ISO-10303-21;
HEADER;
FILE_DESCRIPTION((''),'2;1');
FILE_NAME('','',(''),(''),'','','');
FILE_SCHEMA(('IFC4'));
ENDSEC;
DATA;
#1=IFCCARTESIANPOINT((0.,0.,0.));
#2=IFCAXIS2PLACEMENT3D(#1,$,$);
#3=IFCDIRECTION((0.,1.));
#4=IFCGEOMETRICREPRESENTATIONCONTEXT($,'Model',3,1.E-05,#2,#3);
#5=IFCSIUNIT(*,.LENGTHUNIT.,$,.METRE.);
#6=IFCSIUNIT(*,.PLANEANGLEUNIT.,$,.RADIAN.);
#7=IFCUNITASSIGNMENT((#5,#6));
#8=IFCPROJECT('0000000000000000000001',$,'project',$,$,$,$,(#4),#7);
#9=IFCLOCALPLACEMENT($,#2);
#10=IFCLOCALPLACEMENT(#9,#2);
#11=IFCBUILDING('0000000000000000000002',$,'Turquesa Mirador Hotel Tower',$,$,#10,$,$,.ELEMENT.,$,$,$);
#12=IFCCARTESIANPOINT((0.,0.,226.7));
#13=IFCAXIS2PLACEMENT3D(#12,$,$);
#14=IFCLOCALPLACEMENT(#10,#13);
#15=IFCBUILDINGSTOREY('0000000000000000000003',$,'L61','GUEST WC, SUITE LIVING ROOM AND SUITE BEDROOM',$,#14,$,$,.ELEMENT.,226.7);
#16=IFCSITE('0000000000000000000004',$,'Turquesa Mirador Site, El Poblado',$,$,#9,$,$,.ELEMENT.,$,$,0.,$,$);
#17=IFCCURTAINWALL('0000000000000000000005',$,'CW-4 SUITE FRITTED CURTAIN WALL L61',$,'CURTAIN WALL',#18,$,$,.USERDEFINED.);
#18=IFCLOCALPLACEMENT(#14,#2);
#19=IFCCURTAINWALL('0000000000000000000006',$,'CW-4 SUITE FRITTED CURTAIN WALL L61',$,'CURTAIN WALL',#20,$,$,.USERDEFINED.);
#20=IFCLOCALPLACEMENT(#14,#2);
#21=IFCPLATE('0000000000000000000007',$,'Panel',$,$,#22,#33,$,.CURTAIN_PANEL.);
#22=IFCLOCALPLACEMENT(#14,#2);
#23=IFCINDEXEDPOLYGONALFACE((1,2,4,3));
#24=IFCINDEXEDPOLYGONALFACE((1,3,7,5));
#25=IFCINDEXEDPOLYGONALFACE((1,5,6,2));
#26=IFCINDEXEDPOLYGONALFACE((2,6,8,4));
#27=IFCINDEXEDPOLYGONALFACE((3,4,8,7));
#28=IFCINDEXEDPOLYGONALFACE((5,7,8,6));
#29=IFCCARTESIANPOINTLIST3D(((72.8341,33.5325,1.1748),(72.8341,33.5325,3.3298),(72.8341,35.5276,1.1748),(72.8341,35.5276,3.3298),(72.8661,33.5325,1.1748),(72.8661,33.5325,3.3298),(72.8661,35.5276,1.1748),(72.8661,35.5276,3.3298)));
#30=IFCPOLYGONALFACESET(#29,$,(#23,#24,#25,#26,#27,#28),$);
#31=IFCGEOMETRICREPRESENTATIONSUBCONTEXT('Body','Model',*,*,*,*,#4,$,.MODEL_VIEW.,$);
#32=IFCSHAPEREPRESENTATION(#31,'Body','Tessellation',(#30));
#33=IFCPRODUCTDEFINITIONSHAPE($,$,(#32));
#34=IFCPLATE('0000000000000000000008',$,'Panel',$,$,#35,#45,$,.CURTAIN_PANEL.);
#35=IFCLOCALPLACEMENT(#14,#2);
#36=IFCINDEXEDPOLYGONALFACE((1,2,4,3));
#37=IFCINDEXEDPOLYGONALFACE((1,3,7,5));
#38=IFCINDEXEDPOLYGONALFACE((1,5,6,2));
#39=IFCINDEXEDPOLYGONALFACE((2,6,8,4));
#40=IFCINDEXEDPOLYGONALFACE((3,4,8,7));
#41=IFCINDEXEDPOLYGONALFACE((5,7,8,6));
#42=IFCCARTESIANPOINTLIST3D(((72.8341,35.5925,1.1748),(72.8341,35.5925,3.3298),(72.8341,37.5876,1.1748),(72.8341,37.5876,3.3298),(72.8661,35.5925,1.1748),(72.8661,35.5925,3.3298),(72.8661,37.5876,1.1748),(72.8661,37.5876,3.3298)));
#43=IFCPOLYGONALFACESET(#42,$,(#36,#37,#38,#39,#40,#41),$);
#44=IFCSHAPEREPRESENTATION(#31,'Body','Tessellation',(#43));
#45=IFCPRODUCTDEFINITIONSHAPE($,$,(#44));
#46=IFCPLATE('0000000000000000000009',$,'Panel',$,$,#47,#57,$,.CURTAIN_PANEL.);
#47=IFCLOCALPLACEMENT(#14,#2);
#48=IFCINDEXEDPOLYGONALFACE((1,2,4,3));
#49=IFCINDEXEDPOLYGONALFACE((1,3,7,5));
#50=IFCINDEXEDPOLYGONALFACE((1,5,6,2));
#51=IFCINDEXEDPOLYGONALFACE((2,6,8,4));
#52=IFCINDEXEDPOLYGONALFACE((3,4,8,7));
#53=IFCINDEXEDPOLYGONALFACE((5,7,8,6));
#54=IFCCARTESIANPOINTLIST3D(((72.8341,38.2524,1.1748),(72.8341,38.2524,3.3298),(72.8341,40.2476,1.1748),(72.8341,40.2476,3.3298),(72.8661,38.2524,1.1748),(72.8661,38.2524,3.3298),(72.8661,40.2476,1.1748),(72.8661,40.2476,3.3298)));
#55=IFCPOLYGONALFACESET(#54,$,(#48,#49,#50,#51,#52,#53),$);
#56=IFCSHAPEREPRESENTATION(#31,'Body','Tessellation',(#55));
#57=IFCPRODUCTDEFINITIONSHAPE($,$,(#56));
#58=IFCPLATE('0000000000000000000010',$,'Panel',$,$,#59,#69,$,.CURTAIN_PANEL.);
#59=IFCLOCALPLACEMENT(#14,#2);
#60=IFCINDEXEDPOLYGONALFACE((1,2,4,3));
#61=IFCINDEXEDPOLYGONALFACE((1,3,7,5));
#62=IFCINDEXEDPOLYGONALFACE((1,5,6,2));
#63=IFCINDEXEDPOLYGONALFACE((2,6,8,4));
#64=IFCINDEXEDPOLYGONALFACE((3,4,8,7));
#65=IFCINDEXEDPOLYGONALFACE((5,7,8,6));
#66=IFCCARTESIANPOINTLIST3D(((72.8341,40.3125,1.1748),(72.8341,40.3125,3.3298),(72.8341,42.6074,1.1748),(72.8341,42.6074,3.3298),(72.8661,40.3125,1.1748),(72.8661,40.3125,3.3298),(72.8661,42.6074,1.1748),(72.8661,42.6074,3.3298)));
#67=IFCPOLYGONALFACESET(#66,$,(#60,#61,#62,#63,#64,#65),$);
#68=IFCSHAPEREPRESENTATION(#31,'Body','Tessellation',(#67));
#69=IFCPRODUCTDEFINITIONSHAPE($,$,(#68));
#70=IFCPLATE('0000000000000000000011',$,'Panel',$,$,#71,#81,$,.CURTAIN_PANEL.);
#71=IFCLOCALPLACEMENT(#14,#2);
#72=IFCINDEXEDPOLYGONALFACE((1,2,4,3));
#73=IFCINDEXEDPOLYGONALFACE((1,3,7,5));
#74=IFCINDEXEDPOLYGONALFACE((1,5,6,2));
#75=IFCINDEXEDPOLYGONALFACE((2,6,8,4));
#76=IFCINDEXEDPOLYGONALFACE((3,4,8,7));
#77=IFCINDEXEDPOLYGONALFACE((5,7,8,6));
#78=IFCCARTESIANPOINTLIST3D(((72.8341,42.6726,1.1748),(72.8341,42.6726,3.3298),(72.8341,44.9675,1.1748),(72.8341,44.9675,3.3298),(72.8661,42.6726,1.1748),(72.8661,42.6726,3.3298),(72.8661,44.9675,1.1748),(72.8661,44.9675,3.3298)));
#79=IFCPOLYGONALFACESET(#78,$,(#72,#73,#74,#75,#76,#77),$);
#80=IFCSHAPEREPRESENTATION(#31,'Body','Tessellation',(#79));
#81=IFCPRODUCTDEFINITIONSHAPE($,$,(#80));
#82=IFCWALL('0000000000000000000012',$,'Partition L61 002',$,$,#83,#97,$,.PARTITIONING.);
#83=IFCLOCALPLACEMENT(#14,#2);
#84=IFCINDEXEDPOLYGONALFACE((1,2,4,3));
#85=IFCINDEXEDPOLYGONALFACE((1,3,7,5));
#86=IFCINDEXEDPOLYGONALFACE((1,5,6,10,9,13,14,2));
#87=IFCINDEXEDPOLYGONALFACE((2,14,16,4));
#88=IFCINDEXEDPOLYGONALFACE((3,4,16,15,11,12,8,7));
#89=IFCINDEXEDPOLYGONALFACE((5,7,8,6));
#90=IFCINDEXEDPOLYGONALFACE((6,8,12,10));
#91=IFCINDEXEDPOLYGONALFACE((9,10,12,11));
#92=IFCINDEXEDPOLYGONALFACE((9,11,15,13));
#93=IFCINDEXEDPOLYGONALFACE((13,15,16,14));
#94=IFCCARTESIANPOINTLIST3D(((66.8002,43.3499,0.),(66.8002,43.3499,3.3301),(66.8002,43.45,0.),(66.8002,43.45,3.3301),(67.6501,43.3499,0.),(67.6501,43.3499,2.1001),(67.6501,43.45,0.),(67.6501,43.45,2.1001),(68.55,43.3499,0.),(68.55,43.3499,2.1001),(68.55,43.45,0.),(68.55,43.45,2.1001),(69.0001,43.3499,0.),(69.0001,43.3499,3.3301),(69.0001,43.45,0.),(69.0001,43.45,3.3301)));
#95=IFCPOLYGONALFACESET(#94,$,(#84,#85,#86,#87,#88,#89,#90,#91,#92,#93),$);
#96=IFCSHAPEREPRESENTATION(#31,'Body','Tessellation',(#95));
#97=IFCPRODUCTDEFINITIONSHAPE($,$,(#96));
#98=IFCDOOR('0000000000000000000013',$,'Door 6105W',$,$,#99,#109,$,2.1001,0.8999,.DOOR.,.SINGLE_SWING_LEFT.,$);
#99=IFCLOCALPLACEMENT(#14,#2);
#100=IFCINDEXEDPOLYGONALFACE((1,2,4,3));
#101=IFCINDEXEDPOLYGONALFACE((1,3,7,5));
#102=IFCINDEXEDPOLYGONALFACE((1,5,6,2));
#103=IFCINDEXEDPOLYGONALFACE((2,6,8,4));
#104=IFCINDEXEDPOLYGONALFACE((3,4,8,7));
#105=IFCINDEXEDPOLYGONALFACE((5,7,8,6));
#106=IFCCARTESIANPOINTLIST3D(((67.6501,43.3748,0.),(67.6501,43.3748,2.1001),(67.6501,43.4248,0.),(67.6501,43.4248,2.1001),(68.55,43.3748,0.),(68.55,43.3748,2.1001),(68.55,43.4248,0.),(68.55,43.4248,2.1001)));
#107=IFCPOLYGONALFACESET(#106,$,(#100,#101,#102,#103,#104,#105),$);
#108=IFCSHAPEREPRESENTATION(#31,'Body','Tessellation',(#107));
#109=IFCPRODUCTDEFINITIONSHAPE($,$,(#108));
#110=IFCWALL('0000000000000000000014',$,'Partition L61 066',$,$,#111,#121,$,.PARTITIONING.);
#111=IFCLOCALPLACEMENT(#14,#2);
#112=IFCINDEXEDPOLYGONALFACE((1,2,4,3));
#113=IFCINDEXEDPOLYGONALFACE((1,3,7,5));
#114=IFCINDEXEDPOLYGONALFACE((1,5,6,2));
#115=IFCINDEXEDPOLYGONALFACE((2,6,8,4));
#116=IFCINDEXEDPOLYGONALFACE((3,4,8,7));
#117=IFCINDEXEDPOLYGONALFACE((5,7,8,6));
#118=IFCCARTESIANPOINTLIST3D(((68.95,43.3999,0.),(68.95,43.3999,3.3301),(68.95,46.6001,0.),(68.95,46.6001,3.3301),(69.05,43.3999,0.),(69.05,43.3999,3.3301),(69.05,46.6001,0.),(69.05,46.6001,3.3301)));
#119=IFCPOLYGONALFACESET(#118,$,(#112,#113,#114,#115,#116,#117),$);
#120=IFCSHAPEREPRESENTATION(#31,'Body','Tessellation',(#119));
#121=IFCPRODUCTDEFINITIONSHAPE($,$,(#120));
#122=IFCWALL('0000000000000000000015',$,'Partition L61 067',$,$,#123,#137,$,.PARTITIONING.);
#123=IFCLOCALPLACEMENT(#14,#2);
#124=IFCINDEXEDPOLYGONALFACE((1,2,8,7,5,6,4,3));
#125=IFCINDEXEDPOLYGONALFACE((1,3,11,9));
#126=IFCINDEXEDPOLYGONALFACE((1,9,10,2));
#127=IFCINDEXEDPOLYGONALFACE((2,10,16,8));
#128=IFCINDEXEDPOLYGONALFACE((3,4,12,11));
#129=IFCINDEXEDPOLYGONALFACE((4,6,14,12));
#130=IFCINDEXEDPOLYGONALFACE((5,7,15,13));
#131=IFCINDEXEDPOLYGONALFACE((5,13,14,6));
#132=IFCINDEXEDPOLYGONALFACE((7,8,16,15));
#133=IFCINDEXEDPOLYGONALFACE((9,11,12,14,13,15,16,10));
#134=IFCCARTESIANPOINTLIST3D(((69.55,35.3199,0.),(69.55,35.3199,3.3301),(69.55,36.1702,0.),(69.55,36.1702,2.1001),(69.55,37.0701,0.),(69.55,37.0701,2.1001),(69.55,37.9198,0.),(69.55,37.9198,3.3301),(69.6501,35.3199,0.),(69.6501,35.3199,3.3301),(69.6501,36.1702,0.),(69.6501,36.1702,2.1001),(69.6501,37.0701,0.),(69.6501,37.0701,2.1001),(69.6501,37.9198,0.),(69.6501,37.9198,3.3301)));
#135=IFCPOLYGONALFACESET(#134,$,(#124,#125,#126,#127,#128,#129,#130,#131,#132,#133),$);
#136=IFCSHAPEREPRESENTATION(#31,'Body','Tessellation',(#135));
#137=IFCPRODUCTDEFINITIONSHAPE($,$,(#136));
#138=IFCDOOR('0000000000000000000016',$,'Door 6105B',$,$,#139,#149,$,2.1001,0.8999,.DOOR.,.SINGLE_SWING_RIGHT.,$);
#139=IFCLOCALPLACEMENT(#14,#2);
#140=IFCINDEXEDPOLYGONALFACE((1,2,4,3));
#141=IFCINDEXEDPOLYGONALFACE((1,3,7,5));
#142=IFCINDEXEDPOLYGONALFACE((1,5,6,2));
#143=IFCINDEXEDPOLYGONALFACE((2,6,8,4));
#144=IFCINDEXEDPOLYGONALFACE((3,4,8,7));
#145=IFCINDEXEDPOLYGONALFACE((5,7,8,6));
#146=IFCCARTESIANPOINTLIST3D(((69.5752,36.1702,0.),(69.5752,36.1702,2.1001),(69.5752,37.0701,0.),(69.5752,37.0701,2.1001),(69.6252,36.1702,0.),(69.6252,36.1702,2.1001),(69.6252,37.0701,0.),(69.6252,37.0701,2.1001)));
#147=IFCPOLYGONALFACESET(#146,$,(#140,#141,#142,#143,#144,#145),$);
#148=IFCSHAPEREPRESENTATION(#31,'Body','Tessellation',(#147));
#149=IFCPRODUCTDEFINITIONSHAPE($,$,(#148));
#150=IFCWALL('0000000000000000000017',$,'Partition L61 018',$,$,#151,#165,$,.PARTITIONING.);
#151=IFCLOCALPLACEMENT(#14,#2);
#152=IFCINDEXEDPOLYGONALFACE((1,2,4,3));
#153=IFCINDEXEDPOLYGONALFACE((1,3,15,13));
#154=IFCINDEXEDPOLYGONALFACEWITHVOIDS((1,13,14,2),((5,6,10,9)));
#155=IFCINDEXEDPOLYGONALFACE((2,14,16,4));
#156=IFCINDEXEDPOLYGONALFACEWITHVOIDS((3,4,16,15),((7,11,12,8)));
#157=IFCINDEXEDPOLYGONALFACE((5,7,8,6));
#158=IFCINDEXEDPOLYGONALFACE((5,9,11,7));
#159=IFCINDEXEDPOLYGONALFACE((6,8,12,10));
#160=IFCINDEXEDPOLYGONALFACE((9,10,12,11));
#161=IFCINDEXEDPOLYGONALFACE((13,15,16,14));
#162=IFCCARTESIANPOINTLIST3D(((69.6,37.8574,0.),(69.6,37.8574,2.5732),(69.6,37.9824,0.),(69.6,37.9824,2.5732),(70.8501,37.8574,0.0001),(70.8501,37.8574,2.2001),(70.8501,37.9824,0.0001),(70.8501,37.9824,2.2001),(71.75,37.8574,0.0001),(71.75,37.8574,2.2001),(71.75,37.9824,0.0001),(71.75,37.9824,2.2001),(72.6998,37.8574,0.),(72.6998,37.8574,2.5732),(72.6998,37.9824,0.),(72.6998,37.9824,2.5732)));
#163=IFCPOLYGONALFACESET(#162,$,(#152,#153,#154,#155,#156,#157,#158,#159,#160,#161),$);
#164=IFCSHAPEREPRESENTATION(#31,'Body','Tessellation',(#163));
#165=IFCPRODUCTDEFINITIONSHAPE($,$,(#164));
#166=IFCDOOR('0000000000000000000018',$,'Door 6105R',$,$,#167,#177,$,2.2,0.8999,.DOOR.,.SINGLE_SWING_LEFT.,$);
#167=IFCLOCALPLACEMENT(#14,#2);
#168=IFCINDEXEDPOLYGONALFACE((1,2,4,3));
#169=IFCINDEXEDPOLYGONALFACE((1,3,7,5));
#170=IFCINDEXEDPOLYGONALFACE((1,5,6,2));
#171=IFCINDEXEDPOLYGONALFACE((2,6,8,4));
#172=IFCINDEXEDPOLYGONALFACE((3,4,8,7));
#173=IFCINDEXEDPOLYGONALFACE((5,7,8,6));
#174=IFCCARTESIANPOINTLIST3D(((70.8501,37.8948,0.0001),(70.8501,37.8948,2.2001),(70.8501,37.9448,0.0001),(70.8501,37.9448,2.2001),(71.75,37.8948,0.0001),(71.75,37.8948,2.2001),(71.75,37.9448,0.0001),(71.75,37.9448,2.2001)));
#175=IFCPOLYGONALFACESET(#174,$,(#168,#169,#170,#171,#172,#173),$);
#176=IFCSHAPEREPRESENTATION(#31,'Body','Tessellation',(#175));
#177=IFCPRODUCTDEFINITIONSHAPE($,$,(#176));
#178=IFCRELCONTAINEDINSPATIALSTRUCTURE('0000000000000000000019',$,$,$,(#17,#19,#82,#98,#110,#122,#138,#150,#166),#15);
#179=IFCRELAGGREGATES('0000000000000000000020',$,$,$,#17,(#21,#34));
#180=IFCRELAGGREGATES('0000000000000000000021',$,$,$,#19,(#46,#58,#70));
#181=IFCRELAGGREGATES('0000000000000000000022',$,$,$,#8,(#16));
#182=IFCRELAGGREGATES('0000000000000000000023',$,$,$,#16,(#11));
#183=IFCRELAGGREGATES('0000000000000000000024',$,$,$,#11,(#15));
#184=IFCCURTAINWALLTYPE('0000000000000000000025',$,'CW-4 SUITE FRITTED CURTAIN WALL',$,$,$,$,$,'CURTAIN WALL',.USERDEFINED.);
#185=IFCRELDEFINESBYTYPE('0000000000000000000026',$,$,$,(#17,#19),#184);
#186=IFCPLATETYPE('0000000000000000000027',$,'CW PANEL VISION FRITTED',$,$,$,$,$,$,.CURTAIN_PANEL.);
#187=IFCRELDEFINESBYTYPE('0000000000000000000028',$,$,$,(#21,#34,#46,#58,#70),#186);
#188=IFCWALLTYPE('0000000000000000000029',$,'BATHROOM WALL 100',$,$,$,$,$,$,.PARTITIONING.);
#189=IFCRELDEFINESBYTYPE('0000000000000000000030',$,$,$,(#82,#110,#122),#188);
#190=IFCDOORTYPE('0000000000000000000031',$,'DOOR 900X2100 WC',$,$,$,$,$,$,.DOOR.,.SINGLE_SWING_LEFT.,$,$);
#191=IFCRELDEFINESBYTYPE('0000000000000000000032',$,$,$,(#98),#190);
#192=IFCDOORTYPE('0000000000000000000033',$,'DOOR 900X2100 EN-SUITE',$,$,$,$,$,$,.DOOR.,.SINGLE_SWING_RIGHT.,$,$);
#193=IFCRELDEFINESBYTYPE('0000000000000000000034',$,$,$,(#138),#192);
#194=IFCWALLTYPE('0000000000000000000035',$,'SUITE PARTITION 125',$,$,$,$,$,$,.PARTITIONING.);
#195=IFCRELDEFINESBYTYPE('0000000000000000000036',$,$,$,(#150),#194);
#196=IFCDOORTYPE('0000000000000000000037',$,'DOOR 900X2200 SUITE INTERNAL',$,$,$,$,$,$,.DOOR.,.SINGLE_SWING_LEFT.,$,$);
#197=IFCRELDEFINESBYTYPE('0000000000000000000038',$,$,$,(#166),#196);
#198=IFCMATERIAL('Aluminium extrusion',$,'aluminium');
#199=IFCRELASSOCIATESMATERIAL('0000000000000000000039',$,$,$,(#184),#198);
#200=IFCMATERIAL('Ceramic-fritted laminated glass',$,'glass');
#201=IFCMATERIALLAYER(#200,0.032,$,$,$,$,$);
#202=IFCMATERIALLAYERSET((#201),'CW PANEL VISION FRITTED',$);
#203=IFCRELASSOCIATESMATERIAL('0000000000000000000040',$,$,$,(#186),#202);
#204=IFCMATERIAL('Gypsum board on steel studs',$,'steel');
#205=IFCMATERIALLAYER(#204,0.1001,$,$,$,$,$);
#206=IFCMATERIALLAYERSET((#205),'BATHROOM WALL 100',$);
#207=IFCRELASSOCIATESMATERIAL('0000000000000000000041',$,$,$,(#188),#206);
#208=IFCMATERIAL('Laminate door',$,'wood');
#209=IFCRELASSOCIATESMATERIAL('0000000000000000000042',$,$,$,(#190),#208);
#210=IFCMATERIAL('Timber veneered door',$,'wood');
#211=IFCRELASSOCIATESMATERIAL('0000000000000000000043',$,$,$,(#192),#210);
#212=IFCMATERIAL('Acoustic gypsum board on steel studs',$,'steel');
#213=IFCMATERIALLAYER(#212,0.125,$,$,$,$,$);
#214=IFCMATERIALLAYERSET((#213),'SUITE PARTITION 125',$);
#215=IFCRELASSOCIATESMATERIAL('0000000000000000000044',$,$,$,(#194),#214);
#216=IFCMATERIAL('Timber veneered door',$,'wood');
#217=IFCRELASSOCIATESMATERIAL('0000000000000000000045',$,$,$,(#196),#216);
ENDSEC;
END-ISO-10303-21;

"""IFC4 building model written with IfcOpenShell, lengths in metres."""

from ifc_helpers import new_model, si_unit, direction, frame, frame_2d, origin, origin_2d, place, context, subcontext, project, spatial, rectangle, extrude, material, layer, layer_set, type_object, element, fill, aggregate, save


model = new_model("IFC4")

# Units and contexts
model_context = context("Model", 3, precision=1e-05, world=origin(), true_north=direction((0.0, 1.0)))
body_context = subcontext(model_context, "Body", "Model", "MODEL_VIEW")
ifc_project = project(units=[si_unit("LENGTHUNIT", "METRE"), si_unit("PLANEANGLEUNIT", "RADIAN")], contexts=[model_context])

# Site, building, storey
site_placement = place(None, origin())
site = spatial("IfcSite", under=ifc_project, at=site_placement, Name="Turquesa Mirador Site, El Poblado", CompositionType="ELEMENT", RefElevation=0.0)
building_placement = place(site_placement, origin())
building = spatial("IfcBuilding", under=site, at=building_placement, Name="Turquesa Mirador Hotel Tower", CompositionType="ELEMENT")
storey_placement = place(building_placement, frame((0.0, 0.0, 226.7)))
storey = spatial("IfcBuildingStorey", under=building, at=storey_placement, Name="L61", Description="GUEST WC, SUITE LIVING ROOM AND SUITE BEDROOM", CompositionType="ELEMENT", Elevation=226.7)

# Curtain walls
ifc_material_1 = material(Name="Aluminium extrusion", Category="aluminium")
curtain_wall_type = type_object("IfcCurtainWallType", Name="CW-4 SUITE FRITTED CURTAIN WALL", ElementType="CURTAIN WALL", PredefinedType="USERDEFINED", material=ifc_material_1)
curtain_wall_1_placement = place(storey_placement, origin())
curtain_wall_1 = element("IfcCurtainWall", 1, at=curtain_wall_1_placement, inside=storey, type_object=curtain_wall_type, Name="CW-4 SUITE FRITTED CURTAIN WALL L61", ObjectType="CURTAIN WALL", PredefinedType="USERDEFINED")
curtain_wall_2_placement = place(storey_placement, origin())
curtain_wall_2 = element("IfcCurtainWall", 2, at=curtain_wall_2_placement, inside=storey, type_object=curtain_wall_type, Name="CW-4 SUITE FRITTED CURTAIN WALL L61", ObjectType="CURTAIN WALL", PredefinedType="USERDEFINED")

# Plates
ifc_material_2 = material(Name="Ceramic-fritted laminated glass", Category="glass")
ifc_layer_1 = layer(ifc_material_2, 0.032)
ifc_layer_set_1 = layer_set([ifc_layer_1], Name="CW PANEL VISION FRITTED")
plate_type_1 = type_object("IfcPlateType", Name="CW PANEL VISION FRITTED", PredefinedType="CURTAIN_PANEL", material=ifc_layer_set_1)
plate_1_placement = place(storey_placement, frame((72.8501, 34.53, 1.1748), z_axis=(0.0, 0.0, 1.0), x_axis=(0.0, 1.0, 0.0)))
plate_1 = element("IfcPlate", 3, at=plate_1_placement, type_object=plate_type_1, Name="Panel", PredefinedType="CURTAIN_PANEL", context=body_context, shape_type="SweptSolid", body=[
    extrude(rectangle(XDim=1.9951, YDim=0.032, at=origin_2d()), origin(), (0.0, 0.0, 1.0), 2.155),
])
plate_2_placement = place(storey_placement, frame((72.8501, 36.5901, 1.1748), z_axis=(0.0, 0.0, 1.0), x_axis=(0.0, 1.0, 0.0)))
plate_2 = element("IfcPlate", 4, at=plate_2_placement, type_object=plate_type_1, Name="Panel", PredefinedType="CURTAIN_PANEL", context=body_context, shape_type="SweptSolid", body=[
    extrude(rectangle(XDim=1.9951, YDim=0.032, at=origin_2d()), origin(), (0.0, 0.0, 1.0), 2.155),
])
aggregate(curtain_wall_1, [plate_1, plate_2])
plate_3_placement = place(storey_placement, frame((72.8501, 39.25, 1.1748), z_axis=(0.0, 0.0, 1.0), x_axis=(0.0, 1.0, 0.0)))
plate_3 = element("IfcPlate", 5, at=plate_3_placement, type_object=plate_type_1, Name="Panel", PredefinedType="CURTAIN_PANEL", context=body_context, shape_type="SweptSolid", body=[
    extrude(rectangle(XDim=1.9951, YDim=0.032, at=origin_2d()), origin(), (0.0, 0.0, 1.0), 2.155),
])
plate_4_placement = place(storey_placement, frame((72.8501, 41.46, 1.1748), z_axis=(0.0, 0.0, 1.0), x_axis=(0.0, 1.0, 0.0)))
plate_4 = element("IfcPlate", 6, at=plate_4_placement, type_object=plate_type_1, Name="Panel", PredefinedType="CURTAIN_PANEL", context=body_context, shape_type="SweptSolid", body=[
    extrude(rectangle(XDim=2.2949, YDim=0.032, at=origin_2d()), origin(), (0.0, 0.0, 1.0), 2.155),
])
plate_5_placement = place(storey_placement, frame((72.8501, 43.8201, 1.1748), z_axis=(0.0, 0.0, 1.0), x_axis=(0.0, 1.0, 0.0)))
plate_5 = element("IfcPlate", 7, at=plate_5_placement, type_object=plate_type_1, Name="Panel", PredefinedType="CURTAIN_PANEL", context=body_context, shape_type="SweptSolid", body=[
    extrude(rectangle(XDim=2.2949, YDim=0.032, at=origin_2d()), origin(), (0.0, 0.0, 1.0), 2.155),
])
aggregate(curtain_wall_2, [plate_3, plate_4, plate_5])

# Wall, opening, door
ifc_material_3 = material(Name="Gypsum board on steel studs", Category="steel")
ifc_layer_2 = layer(ifc_material_3, 0.1001)
ifc_layer_set_2 = layer_set([ifc_layer_2], Name="BATHROOM WALL 100")
wall_type_1 = type_object("IfcWallType", Name="BATHROOM WALL 100", PredefinedType="PARTITIONING", material=ifc_layer_set_2)
wall_1_placement = place(storey_placement, frame((66.8, 43.3999, 0.0), z_axis=(0.0, 0.0, 1.0), x_axis=(1.0, 0.0, 0.0)))
wall_1 = element("IfcWall", 8, at=wall_1_placement, inside=storey, type_object=wall_type_1, Name="Partition L61 002", PredefinedType="PARTITIONING", context=body_context, shape_type="SweptSolid", body=[
    extrude(rectangle(XDim=2.2, YDim=0.1001, at=frame_2d((1.1001, 0.0))), origin(), (0.0, 0.0, 1.0), 3.3301),
])
opening_1_placement = place(wall_1_placement, frame((0.8501, 0.0, 0.0)))
opening_1 = element("IfcOpeningElement", 9, at=opening_1_placement, cuts=wall_1, PredefinedType="OPENING", context=body_context, shape_type="SweptSolid", body=[
    extrude(rectangle(XDim=0.8999, YDim=2.1001, at=frame_2d((0.45, 1.05))), frame((0.0, 0.0601, 0.0), z_axis=(0.0, -1.0, 0.0), x_axis=(1.0, 0.0, 0.0)), (0.0, 0.0, 1.0), 0.1201),
])
ifc_material_4 = material(Name="Laminate door", Category="wood")
door_type_1 = type_object("IfcDoorType", Name="DOOR 900X2100 WC", OperationType="SINGLE_SWING_LEFT", PredefinedType="DOOR", material=ifc_material_4)
door_1_placement = place(opening_1_placement, origin())
door_1 = element("IfcDoor", 10, at=door_1_placement, inside=storey, type_object=door_type_1, Name="Door 6105W", OperationType="SINGLE_SWING_LEFT", OverallHeight=2.1001, OverallWidth=0.8999, PredefinedType="DOOR", context=body_context, shape_type="SweptSolid", body=[
    extrude(rectangle(XDim=0.8999, YDim=2.1001, at=frame_2d((0.45, 1.05))), frame((0.0, 0.0249, 0.0), z_axis=(0.0, -1.0, 0.0), x_axis=(1.0, 0.0, 0.0)), (0.0, 0.0, 1.0), 0.05),
])
fill(opening_1, door_1)

# Wall
wall_2_placement = place(storey_placement, frame((69.0, 43.3999, 0.0), z_axis=(0.0, 0.0, 1.0), x_axis=(0.0, 1.0, 0.0)))
element("IfcWall", 11, at=wall_2_placement, inside=storey, type_object=wall_type_1, Name="Partition L61 066", PredefinedType="PARTITIONING", context=body_context, shape_type="SweptSolid", body=[
    extrude(rectangle(XDim=3.2002, YDim=0.1001, at=frame_2d((1.6001, 0.0))), origin(), (0.0, 0.0, 1.0), 3.3301),
])

# Walls, openings, doors
wall_3_placement = place(storey_placement, frame((69.6001, 35.3201, 0.0), z_axis=(0.0, 0.0, 1.0), x_axis=(0.0, 1.0, 0.0)))
wall_3 = element("IfcWall", 12, at=wall_3_placement, inside=storey, type_object=wall_type_1, Name="Partition L61 067", PredefinedType="PARTITIONING", context=body_context, shape_type="SweptSolid", body=[
    extrude(rectangle(XDim=2.5999, YDim=0.1001, at=frame_2d((1.2998, 0.0))), origin(), (0.0, 0.0, 1.0), 3.3301),
])
opening_2_placement = place(wall_3_placement, frame((0.8501, 0.0, 0.0)))
opening_2 = element("IfcOpeningElement", 13, at=opening_2_placement, cuts=wall_3, PredefinedType="OPENING", context=body_context, shape_type="SweptSolid", body=[
    extrude(rectangle(XDim=0.8999, YDim=2.1001, at=frame_2d((0.45, 1.05))), frame((0.0, 0.0601, 0.0), z_axis=(0.0, -1.0, 0.0), x_axis=(1.0, 0.0, 0.0)), (0.0, 0.0, 1.0), 0.1201),
])
ifc_material_5 = material(Name="Timber veneered door", Category="wood")
door_type_2 = type_object("IfcDoorType", Name="DOOR 900X2100 EN-SUITE", OperationType="SINGLE_SWING_RIGHT", PredefinedType="DOOR", material=ifc_material_5)
door_2_placement = place(opening_2_placement, origin())
door_2 = element("IfcDoor", 14, at=door_2_placement, inside=storey, type_object=door_type_2, Name="Door 6105B", OperationType="SINGLE_SWING_RIGHT", OverallHeight=2.1001, OverallWidth=0.8999, PredefinedType="DOOR", context=body_context, shape_type="SweptSolid", body=[
    extrude(rectangle(XDim=0.8999, YDim=2.1001, at=frame_2d((0.45, 1.05))), frame((0.0, 0.0249, 0.0), z_axis=(0.0, -1.0, 0.0), x_axis=(1.0, 0.0, 0.0)), (0.0, 0.0, 1.0), 0.05),
])
fill(opening_2, door_2)
ifc_material_6 = material(Name="Acoustic gypsum board on steel studs", Category="steel")
ifc_layer_3 = layer(ifc_material_6, 0.125)
ifc_layer_set_3 = layer_set([ifc_layer_3], Name="SUITE PARTITION 125")
wall_type_2 = type_object("IfcWallType", Name="SUITE PARTITION 125", PredefinedType="PARTITIONING", material=ifc_layer_set_3)
wall_4_placement = place(storey_placement, frame((69.6001, 37.9199, 0.0), z_axis=(0.0, 0.0, 1.0), x_axis=(1.0, 0.0, 0.0)))
wall_4 = element("IfcWall", 15, at=wall_4_placement, inside=storey, type_object=wall_type_2, Name="Partition L61 018", PredefinedType="PARTITIONING", context=body_context, shape_type="SweptSolid", body=[
    extrude(rectangle(XDim=3.0999, YDim=0.125, at=frame_2d((1.5498, 0.0))), origin(), (0.0, 0.0, 1.0), 2.5732),
])
opening_3_placement = place(wall_4_placement, frame((1.25, 0.0, 0.0)))
opening_3 = element("IfcOpeningElement", 16, at=opening_3_placement, cuts=wall_4, PredefinedType="OPENING", context=body_context, shape_type="SweptSolid", body=[
    extrude(rectangle(XDim=0.8999, YDim=2.2, at=frame_2d((0.45, 1.1001))), frame((0.0, 0.0725, 0.0), z_axis=(0.0, -1.0, 0.0), x_axis=(1.0, 0.0, 0.0)), (0.0, 0.0, 1.0), 0.145),
])
ifc_material_7 = material(Name="Timber veneered door", Category="wood")
door_type_3 = type_object("IfcDoorType", Name="DOOR 900X2200 SUITE INTERNAL", OperationType="SINGLE_SWING_LEFT", PredefinedType="DOOR", material=ifc_material_7)
door_3_placement = place(opening_3_placement, origin())
door_3 = element("IfcDoor", 17, at=door_3_placement, inside=storey, type_object=door_type_3, Name="Door 6105R", OperationType="SINGLE_SWING_LEFT", OverallHeight=2.2, OverallWidth=0.8999, PredefinedType="DOOR", context=body_context, shape_type="SweptSolid", body=[
    extrude(rectangle(XDim=0.8999, YDim=2.2, at=frame_2d((0.45, 1.1001))), frame((0.0, 0.0249, 0.0), z_axis=(0.0, -1.0, 0.0), x_axis=(1.0, 0.0, 0.0)), (0.0, 0.0, 1.0), 0.05),
])
fill(opening_3, door_3)

save(model, "model.ifc")
